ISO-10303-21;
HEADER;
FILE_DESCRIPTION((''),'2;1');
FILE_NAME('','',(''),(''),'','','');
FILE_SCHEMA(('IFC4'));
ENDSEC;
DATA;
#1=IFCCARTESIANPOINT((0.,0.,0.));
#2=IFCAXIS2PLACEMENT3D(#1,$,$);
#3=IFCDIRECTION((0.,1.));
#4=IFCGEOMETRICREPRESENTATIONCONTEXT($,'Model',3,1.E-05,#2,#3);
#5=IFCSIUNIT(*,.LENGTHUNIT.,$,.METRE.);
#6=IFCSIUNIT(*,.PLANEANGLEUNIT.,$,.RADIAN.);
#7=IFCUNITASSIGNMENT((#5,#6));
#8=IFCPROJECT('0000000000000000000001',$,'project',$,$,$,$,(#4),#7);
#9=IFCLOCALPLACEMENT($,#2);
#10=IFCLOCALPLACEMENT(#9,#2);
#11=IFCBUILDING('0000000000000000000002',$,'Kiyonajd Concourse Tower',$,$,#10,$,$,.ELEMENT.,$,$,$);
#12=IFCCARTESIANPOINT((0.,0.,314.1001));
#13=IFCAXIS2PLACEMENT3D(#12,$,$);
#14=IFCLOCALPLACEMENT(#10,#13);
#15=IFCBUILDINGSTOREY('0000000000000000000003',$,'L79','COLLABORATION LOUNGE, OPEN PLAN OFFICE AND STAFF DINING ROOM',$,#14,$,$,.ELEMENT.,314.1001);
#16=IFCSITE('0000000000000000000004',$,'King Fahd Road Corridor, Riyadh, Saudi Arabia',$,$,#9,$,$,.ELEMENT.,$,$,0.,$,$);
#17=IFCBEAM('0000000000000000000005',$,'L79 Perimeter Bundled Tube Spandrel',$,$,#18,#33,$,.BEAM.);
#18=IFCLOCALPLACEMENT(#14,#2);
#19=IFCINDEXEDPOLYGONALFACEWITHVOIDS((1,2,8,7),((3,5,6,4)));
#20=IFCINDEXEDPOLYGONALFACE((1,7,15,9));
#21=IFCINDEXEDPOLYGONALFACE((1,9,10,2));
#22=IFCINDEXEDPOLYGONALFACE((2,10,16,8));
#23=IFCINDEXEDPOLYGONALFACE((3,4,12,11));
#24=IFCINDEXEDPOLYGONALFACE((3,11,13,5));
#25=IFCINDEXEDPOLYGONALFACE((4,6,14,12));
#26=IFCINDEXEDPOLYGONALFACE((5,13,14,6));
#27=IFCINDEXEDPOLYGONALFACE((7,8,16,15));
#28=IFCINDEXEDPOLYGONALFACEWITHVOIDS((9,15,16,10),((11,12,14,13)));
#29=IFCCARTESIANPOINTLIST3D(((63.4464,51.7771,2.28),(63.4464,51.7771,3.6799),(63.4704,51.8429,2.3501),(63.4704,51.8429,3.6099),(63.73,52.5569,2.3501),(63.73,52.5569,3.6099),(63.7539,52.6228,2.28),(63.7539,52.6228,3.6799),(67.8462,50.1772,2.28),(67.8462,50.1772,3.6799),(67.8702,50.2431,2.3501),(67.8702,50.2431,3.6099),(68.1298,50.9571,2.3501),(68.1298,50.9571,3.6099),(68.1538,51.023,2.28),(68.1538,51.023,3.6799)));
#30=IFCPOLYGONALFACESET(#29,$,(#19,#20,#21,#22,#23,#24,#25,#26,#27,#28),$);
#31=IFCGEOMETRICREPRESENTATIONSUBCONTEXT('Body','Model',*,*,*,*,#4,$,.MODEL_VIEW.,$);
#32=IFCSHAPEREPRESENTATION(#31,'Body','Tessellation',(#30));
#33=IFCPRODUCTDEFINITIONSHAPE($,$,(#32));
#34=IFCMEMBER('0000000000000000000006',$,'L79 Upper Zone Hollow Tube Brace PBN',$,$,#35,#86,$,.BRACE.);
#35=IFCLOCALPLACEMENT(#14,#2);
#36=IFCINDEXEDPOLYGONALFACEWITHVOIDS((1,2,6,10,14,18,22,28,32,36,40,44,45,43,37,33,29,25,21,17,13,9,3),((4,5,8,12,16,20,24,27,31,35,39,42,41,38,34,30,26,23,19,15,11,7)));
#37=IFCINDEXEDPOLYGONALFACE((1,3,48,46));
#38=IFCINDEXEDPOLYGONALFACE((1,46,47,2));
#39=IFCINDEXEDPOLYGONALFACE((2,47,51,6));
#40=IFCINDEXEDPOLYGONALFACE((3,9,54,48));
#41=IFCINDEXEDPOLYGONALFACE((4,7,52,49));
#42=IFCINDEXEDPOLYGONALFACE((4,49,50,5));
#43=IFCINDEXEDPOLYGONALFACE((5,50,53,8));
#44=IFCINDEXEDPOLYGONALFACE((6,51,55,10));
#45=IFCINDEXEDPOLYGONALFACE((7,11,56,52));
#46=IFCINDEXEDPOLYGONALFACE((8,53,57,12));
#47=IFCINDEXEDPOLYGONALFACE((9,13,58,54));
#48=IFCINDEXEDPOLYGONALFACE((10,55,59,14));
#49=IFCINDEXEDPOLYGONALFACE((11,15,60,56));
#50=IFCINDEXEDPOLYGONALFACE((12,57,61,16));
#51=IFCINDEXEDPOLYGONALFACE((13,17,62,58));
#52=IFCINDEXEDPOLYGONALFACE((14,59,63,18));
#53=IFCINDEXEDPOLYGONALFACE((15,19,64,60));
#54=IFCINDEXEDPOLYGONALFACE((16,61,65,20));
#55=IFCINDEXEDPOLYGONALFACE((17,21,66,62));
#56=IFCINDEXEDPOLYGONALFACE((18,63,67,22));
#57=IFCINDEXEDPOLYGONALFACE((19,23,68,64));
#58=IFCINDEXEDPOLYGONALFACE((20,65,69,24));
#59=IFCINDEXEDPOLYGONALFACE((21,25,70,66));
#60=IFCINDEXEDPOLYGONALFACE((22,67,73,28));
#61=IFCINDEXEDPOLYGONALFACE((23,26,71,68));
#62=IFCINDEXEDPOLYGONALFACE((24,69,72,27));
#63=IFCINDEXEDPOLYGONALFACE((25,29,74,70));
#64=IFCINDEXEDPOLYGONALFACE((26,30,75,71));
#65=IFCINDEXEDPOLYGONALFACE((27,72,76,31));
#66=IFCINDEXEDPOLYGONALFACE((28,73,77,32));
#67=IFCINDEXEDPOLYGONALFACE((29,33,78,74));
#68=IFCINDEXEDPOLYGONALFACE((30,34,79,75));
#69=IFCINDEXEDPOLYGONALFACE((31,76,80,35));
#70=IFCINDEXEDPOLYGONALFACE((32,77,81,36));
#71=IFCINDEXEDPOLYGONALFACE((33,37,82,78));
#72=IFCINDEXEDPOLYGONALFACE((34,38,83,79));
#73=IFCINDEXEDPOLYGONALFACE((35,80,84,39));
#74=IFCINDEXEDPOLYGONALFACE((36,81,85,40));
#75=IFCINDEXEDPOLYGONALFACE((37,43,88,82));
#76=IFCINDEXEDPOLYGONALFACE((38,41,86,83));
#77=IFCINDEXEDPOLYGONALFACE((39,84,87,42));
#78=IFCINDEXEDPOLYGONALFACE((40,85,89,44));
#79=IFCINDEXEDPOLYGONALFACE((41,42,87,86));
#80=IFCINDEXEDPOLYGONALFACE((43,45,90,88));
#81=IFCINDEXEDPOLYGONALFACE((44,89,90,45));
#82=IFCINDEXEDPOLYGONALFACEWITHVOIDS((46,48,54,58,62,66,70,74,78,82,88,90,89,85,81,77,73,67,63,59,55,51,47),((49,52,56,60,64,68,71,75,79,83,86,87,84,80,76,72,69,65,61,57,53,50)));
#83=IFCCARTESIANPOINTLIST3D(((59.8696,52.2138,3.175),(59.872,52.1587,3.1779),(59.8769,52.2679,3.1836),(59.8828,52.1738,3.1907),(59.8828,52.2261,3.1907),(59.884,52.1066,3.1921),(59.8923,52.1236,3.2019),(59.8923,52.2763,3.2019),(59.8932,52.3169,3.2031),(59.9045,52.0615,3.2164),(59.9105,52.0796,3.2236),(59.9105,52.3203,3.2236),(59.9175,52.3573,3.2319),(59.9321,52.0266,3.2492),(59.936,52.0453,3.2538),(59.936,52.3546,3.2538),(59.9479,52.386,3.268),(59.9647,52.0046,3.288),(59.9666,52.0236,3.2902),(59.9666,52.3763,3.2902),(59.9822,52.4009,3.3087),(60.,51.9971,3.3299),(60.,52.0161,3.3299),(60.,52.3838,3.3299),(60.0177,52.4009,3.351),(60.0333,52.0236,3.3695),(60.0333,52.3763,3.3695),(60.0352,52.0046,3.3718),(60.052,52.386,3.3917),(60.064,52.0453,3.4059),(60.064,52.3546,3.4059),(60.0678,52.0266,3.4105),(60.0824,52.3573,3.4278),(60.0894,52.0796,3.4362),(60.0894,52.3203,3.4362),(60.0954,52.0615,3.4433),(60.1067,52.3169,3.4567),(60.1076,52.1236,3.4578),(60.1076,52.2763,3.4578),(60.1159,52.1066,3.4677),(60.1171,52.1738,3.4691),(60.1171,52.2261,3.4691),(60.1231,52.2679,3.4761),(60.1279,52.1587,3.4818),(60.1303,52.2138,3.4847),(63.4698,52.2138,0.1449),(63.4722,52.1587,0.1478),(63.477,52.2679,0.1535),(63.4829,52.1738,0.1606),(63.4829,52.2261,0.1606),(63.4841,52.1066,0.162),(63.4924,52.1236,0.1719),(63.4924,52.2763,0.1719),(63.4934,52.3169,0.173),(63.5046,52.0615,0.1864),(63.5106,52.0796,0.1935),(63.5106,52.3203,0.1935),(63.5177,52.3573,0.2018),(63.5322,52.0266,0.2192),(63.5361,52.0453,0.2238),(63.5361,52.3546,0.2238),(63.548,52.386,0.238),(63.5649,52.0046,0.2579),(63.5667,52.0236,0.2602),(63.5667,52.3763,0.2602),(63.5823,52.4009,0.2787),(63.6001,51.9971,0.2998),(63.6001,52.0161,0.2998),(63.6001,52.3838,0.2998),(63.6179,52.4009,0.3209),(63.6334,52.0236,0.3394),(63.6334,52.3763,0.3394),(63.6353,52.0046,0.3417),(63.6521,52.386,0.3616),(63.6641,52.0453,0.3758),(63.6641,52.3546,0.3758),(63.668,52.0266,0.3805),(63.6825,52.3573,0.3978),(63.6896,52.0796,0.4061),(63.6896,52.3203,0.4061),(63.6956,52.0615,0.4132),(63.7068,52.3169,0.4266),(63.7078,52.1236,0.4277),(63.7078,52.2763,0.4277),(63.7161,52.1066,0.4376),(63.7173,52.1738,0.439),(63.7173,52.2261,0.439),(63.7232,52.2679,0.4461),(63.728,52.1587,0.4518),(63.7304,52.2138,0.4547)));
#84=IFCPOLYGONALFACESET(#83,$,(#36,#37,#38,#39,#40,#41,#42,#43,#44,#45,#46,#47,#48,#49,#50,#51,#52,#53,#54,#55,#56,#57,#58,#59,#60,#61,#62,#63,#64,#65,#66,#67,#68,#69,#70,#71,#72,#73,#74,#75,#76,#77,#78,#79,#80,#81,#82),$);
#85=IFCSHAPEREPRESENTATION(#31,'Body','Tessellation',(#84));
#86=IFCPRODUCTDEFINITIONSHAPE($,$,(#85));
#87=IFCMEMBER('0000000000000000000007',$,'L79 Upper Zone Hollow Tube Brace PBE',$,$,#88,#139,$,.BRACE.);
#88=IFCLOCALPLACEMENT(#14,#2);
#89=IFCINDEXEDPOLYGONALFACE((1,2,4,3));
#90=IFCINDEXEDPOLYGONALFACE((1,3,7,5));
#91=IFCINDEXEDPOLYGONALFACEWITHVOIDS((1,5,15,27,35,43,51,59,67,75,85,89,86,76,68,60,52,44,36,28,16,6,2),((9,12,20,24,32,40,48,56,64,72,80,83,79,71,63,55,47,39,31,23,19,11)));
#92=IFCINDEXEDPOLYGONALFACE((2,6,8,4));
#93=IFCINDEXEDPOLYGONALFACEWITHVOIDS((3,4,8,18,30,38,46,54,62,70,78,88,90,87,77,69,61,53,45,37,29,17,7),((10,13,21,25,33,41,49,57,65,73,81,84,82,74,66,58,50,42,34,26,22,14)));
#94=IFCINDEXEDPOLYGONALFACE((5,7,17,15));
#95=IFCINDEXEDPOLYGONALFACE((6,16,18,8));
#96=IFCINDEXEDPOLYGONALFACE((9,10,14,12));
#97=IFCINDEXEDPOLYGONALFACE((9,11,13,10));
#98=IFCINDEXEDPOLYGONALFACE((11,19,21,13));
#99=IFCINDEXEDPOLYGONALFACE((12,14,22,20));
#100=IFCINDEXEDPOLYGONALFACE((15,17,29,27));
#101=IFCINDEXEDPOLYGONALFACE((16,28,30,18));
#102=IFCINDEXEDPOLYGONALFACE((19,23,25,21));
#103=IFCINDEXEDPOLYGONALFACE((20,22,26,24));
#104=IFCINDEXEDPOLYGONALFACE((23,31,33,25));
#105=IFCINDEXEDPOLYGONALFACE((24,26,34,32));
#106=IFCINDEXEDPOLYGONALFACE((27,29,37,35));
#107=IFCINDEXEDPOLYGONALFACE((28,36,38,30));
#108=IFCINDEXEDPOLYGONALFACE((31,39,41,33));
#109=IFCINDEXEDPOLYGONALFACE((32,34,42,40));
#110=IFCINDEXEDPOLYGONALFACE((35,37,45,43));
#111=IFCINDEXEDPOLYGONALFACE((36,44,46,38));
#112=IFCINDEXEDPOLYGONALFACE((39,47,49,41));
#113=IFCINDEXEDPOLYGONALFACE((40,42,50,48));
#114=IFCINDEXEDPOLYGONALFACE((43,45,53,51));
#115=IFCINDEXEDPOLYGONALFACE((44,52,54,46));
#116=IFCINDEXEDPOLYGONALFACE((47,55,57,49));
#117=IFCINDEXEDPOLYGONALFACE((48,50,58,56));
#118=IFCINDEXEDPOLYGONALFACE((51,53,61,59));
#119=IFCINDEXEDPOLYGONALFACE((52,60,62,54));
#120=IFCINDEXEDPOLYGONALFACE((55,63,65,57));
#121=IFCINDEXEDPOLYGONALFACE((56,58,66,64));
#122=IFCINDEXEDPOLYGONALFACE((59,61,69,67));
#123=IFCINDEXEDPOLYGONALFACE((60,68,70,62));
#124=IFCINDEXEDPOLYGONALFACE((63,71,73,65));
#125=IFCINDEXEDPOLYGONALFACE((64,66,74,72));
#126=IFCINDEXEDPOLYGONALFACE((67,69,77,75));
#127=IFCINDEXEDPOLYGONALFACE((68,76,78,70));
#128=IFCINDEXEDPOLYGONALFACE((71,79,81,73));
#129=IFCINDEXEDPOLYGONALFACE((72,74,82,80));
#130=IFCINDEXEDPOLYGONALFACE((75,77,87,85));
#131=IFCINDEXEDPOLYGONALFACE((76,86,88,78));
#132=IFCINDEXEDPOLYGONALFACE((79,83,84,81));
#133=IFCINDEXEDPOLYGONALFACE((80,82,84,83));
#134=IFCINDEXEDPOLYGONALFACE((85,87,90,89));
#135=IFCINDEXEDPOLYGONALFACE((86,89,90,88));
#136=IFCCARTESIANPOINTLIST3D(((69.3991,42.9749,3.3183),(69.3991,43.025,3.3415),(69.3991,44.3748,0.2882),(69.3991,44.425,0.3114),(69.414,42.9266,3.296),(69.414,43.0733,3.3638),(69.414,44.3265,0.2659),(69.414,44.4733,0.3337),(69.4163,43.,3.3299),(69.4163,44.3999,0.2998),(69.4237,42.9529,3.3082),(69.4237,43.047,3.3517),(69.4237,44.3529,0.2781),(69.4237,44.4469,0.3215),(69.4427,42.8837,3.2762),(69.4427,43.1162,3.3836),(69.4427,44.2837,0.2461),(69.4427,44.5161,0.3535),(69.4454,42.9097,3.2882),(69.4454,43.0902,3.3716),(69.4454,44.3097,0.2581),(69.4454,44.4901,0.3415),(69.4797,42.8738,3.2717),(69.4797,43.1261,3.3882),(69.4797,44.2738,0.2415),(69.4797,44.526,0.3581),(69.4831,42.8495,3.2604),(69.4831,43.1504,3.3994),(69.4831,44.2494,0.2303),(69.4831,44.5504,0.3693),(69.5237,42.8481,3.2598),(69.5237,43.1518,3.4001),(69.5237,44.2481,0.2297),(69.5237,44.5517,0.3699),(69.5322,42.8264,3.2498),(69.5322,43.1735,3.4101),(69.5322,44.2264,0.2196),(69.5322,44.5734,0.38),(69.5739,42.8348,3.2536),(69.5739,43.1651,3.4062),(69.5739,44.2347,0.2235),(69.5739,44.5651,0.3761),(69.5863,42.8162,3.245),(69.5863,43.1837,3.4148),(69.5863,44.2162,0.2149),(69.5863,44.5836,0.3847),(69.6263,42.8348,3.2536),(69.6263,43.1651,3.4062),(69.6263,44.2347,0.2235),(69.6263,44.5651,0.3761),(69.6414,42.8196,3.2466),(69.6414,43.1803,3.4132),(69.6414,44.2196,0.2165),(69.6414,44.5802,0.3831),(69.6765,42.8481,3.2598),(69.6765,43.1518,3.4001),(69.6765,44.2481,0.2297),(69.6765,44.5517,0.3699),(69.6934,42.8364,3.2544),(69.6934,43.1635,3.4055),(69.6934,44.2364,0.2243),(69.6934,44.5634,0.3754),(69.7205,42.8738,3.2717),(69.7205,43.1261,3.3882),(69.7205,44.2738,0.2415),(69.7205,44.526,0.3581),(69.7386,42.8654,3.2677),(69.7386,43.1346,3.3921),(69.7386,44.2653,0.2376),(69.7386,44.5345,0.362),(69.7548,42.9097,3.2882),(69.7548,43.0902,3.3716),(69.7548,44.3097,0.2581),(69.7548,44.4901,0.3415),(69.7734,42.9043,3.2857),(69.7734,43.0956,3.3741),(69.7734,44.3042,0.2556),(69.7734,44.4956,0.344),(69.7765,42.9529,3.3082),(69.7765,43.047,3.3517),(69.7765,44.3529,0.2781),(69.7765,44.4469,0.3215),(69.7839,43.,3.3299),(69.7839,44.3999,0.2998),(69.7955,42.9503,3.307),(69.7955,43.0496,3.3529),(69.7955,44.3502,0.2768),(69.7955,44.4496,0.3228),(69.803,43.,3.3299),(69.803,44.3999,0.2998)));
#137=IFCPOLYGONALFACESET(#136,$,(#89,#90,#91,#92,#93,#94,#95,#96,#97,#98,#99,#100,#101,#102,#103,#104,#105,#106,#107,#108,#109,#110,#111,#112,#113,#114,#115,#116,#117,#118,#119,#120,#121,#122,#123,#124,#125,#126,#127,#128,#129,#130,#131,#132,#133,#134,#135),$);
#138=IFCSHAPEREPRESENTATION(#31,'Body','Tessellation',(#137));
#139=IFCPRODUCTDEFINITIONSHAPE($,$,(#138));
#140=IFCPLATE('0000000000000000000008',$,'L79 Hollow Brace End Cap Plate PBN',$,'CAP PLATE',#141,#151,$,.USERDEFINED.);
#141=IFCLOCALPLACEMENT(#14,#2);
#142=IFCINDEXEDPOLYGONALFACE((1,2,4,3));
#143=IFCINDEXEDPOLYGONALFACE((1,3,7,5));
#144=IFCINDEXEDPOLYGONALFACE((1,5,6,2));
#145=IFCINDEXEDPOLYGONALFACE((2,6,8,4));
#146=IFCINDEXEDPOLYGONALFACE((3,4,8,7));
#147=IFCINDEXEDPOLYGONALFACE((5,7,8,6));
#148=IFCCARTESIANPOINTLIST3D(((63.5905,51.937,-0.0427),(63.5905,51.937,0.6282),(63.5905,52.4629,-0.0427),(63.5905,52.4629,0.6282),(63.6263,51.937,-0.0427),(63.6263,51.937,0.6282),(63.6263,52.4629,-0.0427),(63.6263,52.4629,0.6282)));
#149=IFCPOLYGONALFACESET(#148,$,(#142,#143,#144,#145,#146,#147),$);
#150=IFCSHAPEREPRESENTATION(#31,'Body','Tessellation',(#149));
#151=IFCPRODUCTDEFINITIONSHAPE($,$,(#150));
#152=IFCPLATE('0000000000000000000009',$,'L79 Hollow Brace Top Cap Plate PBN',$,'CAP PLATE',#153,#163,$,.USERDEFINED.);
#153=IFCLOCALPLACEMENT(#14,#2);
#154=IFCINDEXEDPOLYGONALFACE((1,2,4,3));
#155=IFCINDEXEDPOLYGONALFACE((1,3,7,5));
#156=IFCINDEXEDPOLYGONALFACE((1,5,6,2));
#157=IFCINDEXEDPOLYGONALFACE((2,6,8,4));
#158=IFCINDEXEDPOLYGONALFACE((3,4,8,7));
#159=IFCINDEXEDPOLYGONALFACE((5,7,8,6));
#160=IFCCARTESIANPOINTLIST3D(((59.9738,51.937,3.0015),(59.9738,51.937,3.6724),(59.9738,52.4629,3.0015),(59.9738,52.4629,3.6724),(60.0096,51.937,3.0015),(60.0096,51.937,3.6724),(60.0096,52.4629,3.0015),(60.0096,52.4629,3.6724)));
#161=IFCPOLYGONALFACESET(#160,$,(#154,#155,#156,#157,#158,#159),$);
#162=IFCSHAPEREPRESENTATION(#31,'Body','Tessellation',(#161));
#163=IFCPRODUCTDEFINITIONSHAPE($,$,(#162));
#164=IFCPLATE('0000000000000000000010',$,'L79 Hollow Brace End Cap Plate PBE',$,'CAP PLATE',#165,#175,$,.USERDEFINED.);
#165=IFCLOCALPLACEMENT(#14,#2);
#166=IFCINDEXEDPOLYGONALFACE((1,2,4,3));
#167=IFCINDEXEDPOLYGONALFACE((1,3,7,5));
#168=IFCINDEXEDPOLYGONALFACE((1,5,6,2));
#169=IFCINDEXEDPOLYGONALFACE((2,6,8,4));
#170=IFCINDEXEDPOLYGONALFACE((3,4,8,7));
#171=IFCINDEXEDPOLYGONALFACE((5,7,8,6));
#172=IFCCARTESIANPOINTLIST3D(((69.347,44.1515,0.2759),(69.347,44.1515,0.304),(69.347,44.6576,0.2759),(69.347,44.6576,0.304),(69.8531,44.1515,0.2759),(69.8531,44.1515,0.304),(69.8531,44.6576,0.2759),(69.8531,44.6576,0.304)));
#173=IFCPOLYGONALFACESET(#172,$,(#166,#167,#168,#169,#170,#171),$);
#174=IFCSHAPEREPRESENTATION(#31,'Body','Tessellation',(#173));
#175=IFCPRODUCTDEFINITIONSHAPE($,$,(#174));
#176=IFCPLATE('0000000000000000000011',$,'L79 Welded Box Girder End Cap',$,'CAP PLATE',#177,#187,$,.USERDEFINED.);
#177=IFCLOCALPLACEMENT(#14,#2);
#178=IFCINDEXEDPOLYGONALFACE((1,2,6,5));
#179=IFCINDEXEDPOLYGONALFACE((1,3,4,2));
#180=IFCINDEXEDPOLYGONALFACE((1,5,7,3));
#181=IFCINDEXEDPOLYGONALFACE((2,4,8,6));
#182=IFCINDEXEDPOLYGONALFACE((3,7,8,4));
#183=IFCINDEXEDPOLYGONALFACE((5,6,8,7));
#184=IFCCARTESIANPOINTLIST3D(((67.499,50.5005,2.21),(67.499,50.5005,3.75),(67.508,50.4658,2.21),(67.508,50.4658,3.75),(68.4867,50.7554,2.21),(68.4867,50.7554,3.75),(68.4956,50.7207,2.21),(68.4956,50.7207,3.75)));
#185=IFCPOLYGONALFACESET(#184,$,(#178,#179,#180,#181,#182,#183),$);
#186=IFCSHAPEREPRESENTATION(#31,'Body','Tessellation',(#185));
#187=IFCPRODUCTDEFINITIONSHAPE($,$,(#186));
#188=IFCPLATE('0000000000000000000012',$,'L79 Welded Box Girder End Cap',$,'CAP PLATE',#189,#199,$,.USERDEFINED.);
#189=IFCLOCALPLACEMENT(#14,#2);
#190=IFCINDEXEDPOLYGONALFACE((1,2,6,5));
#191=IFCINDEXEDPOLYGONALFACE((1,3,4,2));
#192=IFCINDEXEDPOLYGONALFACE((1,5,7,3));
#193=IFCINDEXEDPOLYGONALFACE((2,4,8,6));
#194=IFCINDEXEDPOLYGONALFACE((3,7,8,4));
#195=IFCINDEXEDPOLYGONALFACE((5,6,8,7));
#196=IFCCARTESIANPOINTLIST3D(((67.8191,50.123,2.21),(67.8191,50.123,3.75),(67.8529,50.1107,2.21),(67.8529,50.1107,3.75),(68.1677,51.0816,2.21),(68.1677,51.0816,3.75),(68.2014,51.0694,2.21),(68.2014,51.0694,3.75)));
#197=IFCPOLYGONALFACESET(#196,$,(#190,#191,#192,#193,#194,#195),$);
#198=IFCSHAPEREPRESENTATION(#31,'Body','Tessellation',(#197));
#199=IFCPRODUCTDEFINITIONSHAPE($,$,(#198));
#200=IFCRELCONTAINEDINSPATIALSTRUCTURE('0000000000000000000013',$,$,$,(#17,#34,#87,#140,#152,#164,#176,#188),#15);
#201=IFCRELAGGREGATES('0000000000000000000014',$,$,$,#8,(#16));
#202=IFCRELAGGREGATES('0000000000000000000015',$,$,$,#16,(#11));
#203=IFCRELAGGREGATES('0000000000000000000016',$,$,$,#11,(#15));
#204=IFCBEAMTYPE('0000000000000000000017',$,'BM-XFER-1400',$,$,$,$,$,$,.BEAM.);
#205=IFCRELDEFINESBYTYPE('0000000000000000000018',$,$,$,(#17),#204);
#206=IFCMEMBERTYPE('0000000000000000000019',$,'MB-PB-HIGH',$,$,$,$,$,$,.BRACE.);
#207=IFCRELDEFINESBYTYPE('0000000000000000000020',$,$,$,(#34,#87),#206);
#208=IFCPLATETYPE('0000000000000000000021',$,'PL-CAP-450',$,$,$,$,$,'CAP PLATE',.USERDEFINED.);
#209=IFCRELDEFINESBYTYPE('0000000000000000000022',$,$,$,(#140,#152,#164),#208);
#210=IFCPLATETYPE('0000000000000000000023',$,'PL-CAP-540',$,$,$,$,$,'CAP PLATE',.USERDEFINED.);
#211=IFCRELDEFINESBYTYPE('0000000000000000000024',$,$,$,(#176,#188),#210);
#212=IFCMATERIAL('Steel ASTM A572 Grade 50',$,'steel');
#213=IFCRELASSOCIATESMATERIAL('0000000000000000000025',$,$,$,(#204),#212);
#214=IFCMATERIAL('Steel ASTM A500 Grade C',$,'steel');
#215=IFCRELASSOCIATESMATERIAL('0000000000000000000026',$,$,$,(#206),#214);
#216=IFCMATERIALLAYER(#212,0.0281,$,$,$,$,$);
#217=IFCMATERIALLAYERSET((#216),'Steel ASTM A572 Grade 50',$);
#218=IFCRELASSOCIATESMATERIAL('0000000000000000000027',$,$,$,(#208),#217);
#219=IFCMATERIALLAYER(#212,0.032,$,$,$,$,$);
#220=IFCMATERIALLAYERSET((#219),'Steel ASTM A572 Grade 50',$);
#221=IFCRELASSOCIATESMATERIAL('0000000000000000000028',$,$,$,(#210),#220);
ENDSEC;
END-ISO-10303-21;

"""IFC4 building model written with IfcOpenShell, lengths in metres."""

from ifc_helpers import new_model, si_unit, direction, frame, origin, origin_2d, place, context, subcontext, project, spatial, rectangle, hollow_rectangle, hollow_circle, extrude, material, layer, layer_set, material_profile, profile_set, type_object, element, save


model = new_model("IFC4")

# Units and contexts
model_context = context("Model", 3, precision=1e-05, world=origin(), true_north=direction((0.0, 1.0)))
body_context = subcontext(model_context, "Body", "Model", "MODEL_VIEW")
ifc_project = project(units=[si_unit("LENGTHUNIT", "METRE"), si_unit("PLANEANGLEUNIT", "RADIAN")], contexts=[model_context])

# Site, building, storey
site_placement = place(None, origin())
site = spatial("IfcSite", under=ifc_project, at=site_placement, Name="King Fahd Road Corridor, Riyadh, Saudi Arabia", CompositionType="ELEMENT", RefElevation=0.0)
building_placement = place(site_placement, origin())
building = spatial("IfcBuilding", under=site, at=building_placement, Name="Kiyonajd Concourse Tower", CompositionType="ELEMENT")
storey_placement = place(building_placement, frame((0.0, 0.0, 314.1001)))
storey = spatial("IfcBuildingStorey", under=building, at=storey_placement, Name="L79", Description="COLLABORATION LOUNGE, OPEN PLAN OFFICE AND STAFF DINING ROOM", CompositionType="ELEMENT", Elevation=314.1001)

# Beam
ifc_material_1 = material(Name="Steel ASTM A572 Grade 50", Category="steel")
ifc_material_profile_1 = material_profile(ifc_material_1, hollow_rectangle(XDim=0.8999, YDim=1.3999, WallThickness=0.0701, at=origin_2d()), Name="BOX-1400x900x70")
ifc_profile_set_1 = profile_set([ifc_material_profile_1], Name="Steel ASTM A572 Grade 50")
beam_type_1 = type_object("IfcBeamType", Name="BM-XFER-1400", PredefinedType="BEAM", material=ifc_profile_set_1)
beam_1_placement = place(storey_placement, frame((68.0, 50.6001, 2.98), z_axis=(-0.939801, 0.341722, 0.0), x_axis=(-0.341722, -0.939801, 0.0)))
element("IfcBeam", 1, at=beam_1_placement, inside=storey, type_object=beam_type_1, Name="L79 Perimeter Bundled Tube Spandrel", PredefinedType="BEAM", context=body_context, shape_type="SweptSolid", body=[
    extrude(hollow_rectangle(XDim=0.8999, YDim=1.3999, WallThickness=0.0701, at=origin_2d()), origin(), (0.0, 0.0, 1.0), 4.6816),
])

# Members
ifc_material_2 = material(Name="Steel ASTM A500 Grade C", Category="steel")
ifc_material_profile_2 = material_profile(ifc_material_2, hollow_circle(Radius=0.2029, WallThickness=0.019, at=origin_2d()), Name="CHS-406x19")
ifc_profile_set_2 = profile_set([ifc_material_profile_2], Name="Steel ASTM A500 Grade C")
member_type = type_object("IfcMemberType", Name="MB-PB-HIGH", PredefinedType="BRACE", material=ifc_profile_set_2)
member_1_placement = place(storey_placement, frame((63.6001, 52.2, 0.2998), z_axis=(-0.765082, 0.0, 0.643933), x_axis=(0.0, -1.0, 0.0)))
element("IfcMember", 2, at=member_1_placement, inside=storey, type_object=member_type, Name="L79 Upper Zone Hollow Tube Brace PBN", PredefinedType="BRACE", context=body_context, shape_type="SweptSolid", body=[
    extrude(hollow_circle(Radius=0.2029, WallThickness=0.019, at=origin_2d()), origin(), (0.0, 0.0, 1.0), 4.7056),
])
member_2_placement = place(storey_placement, frame((69.6001, 44.3999, 0.2998), z_axis=(0.0, -0.419411, 0.907797), x_axis=(1.0, 0.0, 0.0)))
element("IfcMember", 3, at=member_2_placement, inside=storey, type_object=member_type, Name="L79 Upper Zone Hollow Tube Brace PBE", PredefinedType="BRACE", context=body_context, shape_type="SweptSolid", body=[
    extrude(hollow_circle(Radius=0.2029, WallThickness=0.019, at=origin_2d()), origin(), (0.0, 0.0, 1.0), 3.3379),
])

# Plates
ifc_layer_1 = layer(ifc_material_1, 0.0281)
ifc_layer_set_1 = layer_set([ifc_layer_1], Name="Steel ASTM A572 Grade 50")
plate_type_1 = type_object("IfcPlateType", Name="PL-CAP-450", ElementType="CAP PLATE", PredefinedType="USERDEFINED", material=ifc_layer_set_1)
for number, where, z_axis, x_axis, name in (
    (4, (63.6084, 52.2, -0.0427), (0.0, 0.0, 1.0), (1.0, 0.0, 0.0), "L79 Hollow Brace End Cap Plate PBN"),
    (5, (59.9917, 52.2, 3.0015), (0.0, 0.0, 1.0), (-1.0, 0.0, 0.0), "L79 Hollow Brace Top Cap Plate PBN"),
):
    element("IfcPlate", number, at=place(storey_placement, frame(where, z_axis=z_axis, x_axis=x_axis)), inside=storey, type_object=plate_type_1, Name=name, ObjectType="CAP PLATE", PredefinedType="USERDEFINED", context=body_context, shape_type="SweptSolid", body=[
        extrude(rectangle(XDim=0.0359, YDim=0.5259, at=origin_2d()), origin(), (0.0, 0.0, 1.0), 0.6709),
    ])
plate_placement = place(storey_placement, frame((69.6001, 44.4045, 0.2759), z_axis=(0.0, 0.0, 1.0), x_axis=(1.0, 0.0, 0.0)))
element("IfcPlate", 6, at=plate_placement, inside=storey, type_object=plate_type_1, Name="L79 Hollow Brace End Cap Plate PBE", ObjectType="CAP PLATE", PredefinedType="USERDEFINED", context=body_context, shape_type="SweptSolid", body=[
    extrude(rectangle(XDim=0.5061, YDim=0.5061, at=origin_2d()), origin(), (0.0, 0.0, 1.0), 0.0281),
])
ifc_layer_2 = layer(ifc_material_1, 0.032)
ifc_layer_set_2 = layer_set([ifc_layer_2], Name="Steel ASTM A572 Grade 50")
plate_type_2 = type_object("IfcPlateType", Name="PL-CAP-540", ElementType="CAP PLATE", PredefinedType="USERDEFINED", material=ifc_layer_set_2)
for number, where, z_axis, x_axis, name in (
    (7, (67.9973, 50.6106, 2.21), (0.0, 0.0, 1.0), (-0.249873, 0.968279, 0.0), "L79 Welded Box Girder End Cap"),
    (8, (68.0103, 50.5962, 2.21), (0.0, 0.0, 1.0), (0.939812, -0.341692, 0.0), "L79 Welded Box Girder End Cap"),
):
    element("IfcPlate", number, at=place(storey_placement, frame(where, z_axis=z_axis, x_axis=x_axis)), inside=storey, type_object=plate_type_2, Name=name, ObjectType="CAP PLATE", PredefinedType="USERDEFINED", context=body_context, shape_type="SweptSolid", body=[
        extrude(rectangle(XDim=0.0359, YDim=1.02, at=origin_2d()), origin(), (0.0, 0.0, 1.0), 1.54),
    ])

save(model, "model.ifc")
